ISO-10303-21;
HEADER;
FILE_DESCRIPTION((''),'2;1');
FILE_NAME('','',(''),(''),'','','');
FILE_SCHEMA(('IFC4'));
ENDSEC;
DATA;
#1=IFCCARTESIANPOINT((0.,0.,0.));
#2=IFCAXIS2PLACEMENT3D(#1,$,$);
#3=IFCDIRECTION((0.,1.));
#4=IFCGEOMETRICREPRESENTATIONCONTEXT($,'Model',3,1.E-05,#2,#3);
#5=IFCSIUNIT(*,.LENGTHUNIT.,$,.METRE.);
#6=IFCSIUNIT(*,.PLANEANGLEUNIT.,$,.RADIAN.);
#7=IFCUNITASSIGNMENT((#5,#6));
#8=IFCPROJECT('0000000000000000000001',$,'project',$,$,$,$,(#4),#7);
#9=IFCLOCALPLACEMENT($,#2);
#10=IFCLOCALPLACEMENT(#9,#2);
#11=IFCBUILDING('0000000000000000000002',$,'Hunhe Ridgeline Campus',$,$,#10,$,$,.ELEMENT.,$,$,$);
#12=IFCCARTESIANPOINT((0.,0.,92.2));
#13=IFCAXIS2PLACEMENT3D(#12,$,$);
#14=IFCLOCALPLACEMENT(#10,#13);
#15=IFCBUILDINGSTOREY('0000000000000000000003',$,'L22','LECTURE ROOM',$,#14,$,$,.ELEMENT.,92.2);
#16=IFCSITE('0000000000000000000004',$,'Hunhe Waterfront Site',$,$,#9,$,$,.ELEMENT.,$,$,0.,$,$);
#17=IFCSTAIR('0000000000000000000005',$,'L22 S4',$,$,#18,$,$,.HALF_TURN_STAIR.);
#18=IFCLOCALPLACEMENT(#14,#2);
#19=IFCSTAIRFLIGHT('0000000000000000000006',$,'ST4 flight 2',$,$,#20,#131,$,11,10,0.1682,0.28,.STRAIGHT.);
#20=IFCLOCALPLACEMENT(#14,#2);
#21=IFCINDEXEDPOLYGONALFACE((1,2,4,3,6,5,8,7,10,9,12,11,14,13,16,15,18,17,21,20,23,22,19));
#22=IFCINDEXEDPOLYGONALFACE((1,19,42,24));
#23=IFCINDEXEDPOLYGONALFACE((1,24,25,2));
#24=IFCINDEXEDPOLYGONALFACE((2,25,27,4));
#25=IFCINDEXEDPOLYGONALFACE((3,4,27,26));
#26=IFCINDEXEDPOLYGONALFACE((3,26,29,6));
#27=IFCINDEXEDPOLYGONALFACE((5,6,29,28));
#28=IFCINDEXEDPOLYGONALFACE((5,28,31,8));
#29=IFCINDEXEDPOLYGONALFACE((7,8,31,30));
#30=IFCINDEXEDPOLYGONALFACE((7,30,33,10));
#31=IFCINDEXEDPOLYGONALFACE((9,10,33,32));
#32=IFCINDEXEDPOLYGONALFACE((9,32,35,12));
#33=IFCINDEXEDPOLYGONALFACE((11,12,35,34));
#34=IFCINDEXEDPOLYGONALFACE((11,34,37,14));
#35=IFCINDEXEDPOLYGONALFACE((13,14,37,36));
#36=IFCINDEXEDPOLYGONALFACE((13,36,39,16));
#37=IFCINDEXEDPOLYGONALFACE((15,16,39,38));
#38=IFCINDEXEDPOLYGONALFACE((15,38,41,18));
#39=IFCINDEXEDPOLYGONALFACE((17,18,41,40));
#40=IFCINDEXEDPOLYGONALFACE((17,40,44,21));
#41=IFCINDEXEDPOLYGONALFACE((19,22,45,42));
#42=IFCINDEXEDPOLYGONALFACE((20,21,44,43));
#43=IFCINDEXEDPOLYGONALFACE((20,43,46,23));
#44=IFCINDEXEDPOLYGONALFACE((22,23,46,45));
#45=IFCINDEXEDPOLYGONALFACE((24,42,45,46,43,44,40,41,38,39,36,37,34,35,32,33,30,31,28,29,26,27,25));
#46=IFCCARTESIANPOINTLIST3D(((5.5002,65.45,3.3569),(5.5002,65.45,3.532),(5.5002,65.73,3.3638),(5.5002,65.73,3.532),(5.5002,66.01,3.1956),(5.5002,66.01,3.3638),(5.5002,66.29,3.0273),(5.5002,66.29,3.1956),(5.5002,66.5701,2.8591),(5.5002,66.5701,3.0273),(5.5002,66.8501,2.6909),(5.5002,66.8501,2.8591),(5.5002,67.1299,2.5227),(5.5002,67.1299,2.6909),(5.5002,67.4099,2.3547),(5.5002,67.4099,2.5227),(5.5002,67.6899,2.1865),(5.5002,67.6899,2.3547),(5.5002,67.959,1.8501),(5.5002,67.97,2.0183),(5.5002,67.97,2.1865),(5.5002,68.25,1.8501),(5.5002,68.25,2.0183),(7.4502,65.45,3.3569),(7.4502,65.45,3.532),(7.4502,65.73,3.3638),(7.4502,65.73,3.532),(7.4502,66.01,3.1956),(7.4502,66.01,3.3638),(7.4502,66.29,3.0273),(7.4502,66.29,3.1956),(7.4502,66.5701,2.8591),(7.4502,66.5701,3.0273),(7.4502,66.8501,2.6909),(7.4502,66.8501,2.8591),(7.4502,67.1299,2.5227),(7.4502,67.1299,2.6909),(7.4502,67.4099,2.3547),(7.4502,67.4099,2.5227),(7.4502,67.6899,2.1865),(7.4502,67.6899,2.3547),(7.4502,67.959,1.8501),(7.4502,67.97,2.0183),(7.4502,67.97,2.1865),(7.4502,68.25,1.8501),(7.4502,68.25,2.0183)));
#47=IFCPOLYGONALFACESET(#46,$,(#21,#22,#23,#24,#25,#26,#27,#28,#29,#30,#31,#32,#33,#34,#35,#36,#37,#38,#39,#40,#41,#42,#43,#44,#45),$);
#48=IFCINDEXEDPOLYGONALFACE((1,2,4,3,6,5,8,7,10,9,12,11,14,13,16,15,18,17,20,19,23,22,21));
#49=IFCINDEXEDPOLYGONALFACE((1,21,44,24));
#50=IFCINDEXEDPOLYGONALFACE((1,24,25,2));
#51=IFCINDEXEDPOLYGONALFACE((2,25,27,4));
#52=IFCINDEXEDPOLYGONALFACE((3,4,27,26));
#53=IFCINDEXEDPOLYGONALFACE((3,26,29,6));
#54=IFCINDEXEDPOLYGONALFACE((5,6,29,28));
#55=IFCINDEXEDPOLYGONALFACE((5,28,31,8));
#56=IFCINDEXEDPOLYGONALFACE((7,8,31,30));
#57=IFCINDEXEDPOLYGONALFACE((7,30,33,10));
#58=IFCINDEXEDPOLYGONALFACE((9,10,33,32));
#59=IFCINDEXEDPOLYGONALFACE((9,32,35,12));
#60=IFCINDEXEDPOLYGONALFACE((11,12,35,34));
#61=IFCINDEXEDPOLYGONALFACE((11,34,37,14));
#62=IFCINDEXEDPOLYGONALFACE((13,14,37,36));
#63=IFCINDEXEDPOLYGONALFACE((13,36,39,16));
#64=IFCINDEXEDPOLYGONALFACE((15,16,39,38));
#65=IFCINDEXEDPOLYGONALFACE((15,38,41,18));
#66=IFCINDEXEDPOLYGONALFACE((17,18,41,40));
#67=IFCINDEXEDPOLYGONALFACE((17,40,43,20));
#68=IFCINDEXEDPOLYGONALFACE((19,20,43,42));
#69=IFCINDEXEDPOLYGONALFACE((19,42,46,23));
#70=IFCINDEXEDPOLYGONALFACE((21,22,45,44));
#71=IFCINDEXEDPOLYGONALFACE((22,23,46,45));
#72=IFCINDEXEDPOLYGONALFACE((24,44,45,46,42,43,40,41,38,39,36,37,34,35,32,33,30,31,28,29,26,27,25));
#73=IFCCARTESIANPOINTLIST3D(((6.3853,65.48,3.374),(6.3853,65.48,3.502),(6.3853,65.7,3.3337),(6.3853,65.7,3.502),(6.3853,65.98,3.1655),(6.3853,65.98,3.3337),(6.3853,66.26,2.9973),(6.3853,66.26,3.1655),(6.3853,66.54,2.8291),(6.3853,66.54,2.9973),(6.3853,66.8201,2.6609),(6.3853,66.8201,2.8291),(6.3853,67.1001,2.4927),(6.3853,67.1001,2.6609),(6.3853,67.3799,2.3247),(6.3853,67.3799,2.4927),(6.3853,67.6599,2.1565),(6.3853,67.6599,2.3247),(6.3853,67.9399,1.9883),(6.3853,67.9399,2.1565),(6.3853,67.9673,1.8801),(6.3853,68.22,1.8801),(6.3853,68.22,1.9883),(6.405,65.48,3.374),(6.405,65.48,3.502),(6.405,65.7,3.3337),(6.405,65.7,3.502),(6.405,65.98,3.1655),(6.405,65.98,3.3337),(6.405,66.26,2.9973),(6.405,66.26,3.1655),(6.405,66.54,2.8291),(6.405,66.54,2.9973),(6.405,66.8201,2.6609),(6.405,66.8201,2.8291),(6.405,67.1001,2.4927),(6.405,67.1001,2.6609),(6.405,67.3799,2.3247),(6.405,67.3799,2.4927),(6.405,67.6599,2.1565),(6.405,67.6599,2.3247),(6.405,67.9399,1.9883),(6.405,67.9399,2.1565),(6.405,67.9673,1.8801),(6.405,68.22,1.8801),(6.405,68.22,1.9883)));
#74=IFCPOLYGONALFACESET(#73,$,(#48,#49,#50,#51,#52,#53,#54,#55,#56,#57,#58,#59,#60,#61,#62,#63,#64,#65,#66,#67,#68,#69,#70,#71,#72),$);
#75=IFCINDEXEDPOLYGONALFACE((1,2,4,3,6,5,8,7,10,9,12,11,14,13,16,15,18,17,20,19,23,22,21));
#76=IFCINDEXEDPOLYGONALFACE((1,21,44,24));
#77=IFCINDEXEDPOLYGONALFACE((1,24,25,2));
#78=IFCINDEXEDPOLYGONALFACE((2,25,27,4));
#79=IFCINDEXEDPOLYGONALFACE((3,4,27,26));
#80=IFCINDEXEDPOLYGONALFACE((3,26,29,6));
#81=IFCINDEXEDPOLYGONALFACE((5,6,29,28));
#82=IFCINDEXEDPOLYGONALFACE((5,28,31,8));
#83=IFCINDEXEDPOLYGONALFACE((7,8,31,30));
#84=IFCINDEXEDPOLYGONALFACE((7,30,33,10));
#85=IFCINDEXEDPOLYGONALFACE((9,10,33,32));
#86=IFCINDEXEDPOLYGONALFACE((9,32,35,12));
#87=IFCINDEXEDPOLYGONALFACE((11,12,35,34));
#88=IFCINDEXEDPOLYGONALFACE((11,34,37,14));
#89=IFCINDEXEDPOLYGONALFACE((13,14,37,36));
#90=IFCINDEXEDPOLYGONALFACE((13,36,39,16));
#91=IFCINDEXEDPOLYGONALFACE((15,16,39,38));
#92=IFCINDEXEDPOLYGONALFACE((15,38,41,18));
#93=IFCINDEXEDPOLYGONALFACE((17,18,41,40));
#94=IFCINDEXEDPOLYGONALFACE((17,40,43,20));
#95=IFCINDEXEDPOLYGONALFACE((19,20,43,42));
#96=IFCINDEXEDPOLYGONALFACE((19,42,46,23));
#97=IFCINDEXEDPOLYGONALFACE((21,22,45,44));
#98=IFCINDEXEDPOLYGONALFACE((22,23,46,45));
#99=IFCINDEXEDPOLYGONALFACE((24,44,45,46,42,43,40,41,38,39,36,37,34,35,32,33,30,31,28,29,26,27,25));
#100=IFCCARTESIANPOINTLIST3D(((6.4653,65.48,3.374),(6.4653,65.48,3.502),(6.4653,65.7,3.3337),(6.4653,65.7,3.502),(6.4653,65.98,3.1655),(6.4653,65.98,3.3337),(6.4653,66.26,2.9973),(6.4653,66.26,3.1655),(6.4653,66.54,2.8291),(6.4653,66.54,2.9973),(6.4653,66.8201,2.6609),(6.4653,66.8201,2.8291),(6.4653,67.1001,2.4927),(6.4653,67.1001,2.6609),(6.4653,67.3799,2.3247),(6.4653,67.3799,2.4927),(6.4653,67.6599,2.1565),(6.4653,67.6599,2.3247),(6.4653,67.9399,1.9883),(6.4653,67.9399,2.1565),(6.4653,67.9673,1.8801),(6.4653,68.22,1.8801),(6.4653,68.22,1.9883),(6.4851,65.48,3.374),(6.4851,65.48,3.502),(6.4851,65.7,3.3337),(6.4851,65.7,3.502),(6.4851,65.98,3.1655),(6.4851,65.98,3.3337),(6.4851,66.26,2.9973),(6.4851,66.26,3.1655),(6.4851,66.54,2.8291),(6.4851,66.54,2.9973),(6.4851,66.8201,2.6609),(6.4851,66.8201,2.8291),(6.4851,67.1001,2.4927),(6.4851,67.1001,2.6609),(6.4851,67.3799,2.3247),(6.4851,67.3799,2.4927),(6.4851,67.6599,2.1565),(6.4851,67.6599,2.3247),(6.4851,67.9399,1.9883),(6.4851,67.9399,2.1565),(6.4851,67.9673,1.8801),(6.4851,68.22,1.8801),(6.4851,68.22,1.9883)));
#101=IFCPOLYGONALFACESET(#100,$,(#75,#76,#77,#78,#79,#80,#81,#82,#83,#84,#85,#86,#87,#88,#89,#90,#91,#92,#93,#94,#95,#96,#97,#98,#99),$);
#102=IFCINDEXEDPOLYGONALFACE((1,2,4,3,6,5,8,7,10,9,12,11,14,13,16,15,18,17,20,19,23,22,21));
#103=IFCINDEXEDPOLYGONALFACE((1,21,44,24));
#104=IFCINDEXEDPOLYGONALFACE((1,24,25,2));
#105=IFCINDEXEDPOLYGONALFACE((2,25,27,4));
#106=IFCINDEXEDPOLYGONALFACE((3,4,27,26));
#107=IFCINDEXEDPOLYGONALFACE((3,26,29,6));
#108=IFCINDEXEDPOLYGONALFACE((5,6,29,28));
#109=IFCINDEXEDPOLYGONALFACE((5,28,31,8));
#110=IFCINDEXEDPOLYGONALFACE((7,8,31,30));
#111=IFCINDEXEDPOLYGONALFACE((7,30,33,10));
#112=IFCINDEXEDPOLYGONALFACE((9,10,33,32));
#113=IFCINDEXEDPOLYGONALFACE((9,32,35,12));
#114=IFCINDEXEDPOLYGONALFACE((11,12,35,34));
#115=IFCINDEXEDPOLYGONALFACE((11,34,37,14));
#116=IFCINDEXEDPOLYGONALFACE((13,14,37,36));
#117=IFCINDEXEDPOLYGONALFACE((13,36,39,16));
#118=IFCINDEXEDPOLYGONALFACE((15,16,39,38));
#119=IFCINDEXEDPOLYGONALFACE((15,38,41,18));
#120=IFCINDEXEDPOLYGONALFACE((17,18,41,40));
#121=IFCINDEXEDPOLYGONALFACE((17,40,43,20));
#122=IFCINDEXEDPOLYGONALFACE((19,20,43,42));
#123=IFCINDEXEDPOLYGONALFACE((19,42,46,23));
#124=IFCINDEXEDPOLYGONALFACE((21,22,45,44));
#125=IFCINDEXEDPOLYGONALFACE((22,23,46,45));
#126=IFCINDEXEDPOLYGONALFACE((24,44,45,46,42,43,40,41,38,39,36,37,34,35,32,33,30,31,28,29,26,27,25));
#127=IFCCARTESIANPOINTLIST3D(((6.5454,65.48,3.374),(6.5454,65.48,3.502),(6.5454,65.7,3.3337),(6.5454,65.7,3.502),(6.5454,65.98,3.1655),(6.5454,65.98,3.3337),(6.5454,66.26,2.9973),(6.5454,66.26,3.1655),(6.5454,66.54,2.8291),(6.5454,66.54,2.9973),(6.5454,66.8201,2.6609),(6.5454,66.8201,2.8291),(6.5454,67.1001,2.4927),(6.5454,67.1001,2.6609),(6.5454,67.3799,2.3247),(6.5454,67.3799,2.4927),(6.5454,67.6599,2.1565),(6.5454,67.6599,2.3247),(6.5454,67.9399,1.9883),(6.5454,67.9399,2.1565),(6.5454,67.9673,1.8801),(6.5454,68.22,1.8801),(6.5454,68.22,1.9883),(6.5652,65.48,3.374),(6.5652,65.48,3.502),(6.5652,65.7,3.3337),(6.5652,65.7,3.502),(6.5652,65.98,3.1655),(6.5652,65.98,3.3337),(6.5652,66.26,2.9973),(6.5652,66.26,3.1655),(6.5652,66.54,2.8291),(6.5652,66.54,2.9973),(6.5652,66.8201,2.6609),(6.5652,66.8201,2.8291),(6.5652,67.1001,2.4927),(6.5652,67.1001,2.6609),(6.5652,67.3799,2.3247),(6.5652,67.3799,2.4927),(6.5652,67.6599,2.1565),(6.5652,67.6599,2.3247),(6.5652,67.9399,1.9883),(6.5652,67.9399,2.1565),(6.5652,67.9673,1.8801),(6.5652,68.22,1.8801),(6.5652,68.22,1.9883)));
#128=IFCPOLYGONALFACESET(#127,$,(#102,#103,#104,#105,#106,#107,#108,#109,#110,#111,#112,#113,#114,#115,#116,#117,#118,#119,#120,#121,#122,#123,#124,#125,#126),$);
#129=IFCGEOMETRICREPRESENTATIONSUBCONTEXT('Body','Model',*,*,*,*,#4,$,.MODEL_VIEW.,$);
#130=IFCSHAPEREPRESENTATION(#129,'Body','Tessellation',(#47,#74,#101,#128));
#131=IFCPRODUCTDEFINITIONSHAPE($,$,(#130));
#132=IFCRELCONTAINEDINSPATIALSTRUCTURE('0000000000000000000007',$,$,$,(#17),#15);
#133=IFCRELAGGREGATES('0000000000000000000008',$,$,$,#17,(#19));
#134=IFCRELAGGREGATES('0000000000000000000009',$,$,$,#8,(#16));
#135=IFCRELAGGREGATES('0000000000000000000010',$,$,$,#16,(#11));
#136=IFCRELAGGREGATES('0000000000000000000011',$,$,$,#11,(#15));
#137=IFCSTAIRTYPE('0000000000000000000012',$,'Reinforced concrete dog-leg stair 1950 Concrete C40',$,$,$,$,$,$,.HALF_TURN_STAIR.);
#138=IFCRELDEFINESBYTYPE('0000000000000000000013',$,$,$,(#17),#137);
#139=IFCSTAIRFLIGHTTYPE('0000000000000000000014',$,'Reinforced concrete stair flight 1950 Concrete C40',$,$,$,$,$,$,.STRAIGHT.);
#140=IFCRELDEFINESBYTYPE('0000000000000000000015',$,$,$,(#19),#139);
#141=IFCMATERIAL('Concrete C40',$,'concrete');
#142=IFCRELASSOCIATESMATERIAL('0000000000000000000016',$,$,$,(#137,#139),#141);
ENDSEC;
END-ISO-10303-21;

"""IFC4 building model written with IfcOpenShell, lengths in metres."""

from ifc_helpers import new_model, si_unit, direction, frame, origin, place, context, subcontext, project, spatial, polyline, outline, extrude, material, type_object, element, aggregate, save


model = new_model("IFC4")

# Units and contexts
model_context = context("Model", 3, precision=1e-05, world=origin(), true_north=direction((0.0, 1.0)))
body_context = subcontext(model_context, "Body", "Model", "MODEL_VIEW")
ifc_project = project(units=[si_unit("LENGTHUNIT", "METRE"), si_unit("PLANEANGLEUNIT", "RADIAN")], contexts=[model_context])

# Site, building, storey
site_placement = place(None, origin())
site = spatial("IfcSite", under=ifc_project, at=site_placement, Name="Hunhe Waterfront Site", CompositionType="ELEMENT", RefElevation=0.0)
building_placement = place(site_placement, origin())
building = spatial("IfcBuilding", under=site, at=building_placement, Name="Hunhe Ridgeline Campus", CompositionType="ELEMENT")
storey_placement = place(building_placement, frame((0.0, 0.0, 92.2)))
storey = spatial("IfcBuildingStorey", under=building, at=storey_placement, Name="L22", Description="LECTURE ROOM", CompositionType="ELEMENT", Elevation=92.2)

# Shared definitions
ifc_material_1 = material(Name="Concrete C40", Category="concrete")
stair_type = type_object("IfcStairType", Name="Reinforced concrete dog-leg stair 1950 Concrete C40", PredefinedType="HALF_TURN_STAIR", material=ifc_material_1)
stair_flight_type = type_object("IfcStairFlightType", Name="Reinforced concrete stair flight 1950 Concrete C40", PredefinedType="STRAIGHT", material=ifc_material_1)

# Stair, stair flight
stair_1_placement = place(storey_placement, origin())
stair_1 = element("IfcStair", 1, at=stair_1_placement, inside=storey, type_object=stair_type, Name="L22 S4", PredefinedType="HALF_TURN_STAIR")
stair_flight_1_placement = place(storey_placement, frame((6.4751, 68.25, 1.8501), z_axis=(0.0, 0.0, 1.0), x_axis=(0.0, -1.0, 0.0)))
stair_flight_1 = element("IfcStairFlight", 2, at=stair_flight_1_placement, type_object=stair_flight_type, Name="ST4 flight 2", NumberOfRisers=11, NumberOfTreads=10, PredefinedType="STRAIGHT", RiserHeight=0.1682, TreadLength=0.28, context=body_context, shape_type="SweptSolid", body=[
    extrude(outline(polyline([(0.0, 0.0), (0.0, 0.1682), (0.28, 0.1682), (0.28, 0.3364), (0.5601, 0.3364), (0.5601, 0.5046), (0.8401, 0.5046), (0.8401, 0.6726), (1.1201, 0.6726), (1.1201, 0.8408), (1.3999, 0.8408), (1.3999, 1.009), (1.6799, 1.009), (1.6799, 1.1772), (1.96, 1.1772), (1.96, 1.3455), (2.24, 1.3455), (2.24, 1.5137), (2.52, 1.5137), (2.52, 1.6819), (2.8, 1.6819), (2.8, 1.8501), (2.8, 1.5068), (0.291, 0.0), (0.0, 0.0)])), frame((0.0, 0.9751, 0.0), z_axis=(0.0, -1.0, 0.0), x_axis=(1.0, 0.0, 0.0)), (0.0, 0.0, 1.0), 1.95),
    extrude(outline(polyline([(0.03, 0.03), (0.03, 0.1382), (0.3101, 0.1382), (0.3101, 0.3064), (0.5901, 0.3064), (0.5901, 0.4746), (0.8701, 0.4746), (0.8701, 0.6426), (1.1499, 0.6426), (1.1499, 0.8108), (1.4299, 0.8108), (1.4299, 0.979), (1.71, 0.979), (1.71, 1.1472), (1.99, 1.1472), (1.99, 1.3154), (2.27, 1.3154), (2.27, 1.4836), (2.55, 1.4836), (2.55, 1.6519), (2.77, 1.6519), (2.77, 1.5239), (0.2827, 0.03), (0.03, 0.03)])), frame((0.0, -0.0701, 0.0), z_axis=(0.0, -1.0, 0.0), x_axis=(1.0, 0.0, 0.0)), (0.0, 0.0, 1.0), 0.0198),
    extrude(outline(polyline([(0.03, 0.03), (0.03, 0.1382), (0.3101, 0.1382), (0.3101, 0.3064), (0.5901, 0.3064), (0.5901, 0.4746), (0.8701, 0.4746), (0.8701, 0.6426), (1.1499, 0.6426), (1.1499, 0.8108), (1.4299, 0.8108), (1.4299, 0.979), (1.71, 0.979), (1.71, 1.1472), (1.99, 1.1472), (1.99, 1.3154), (2.27, 1.3154), (2.27, 1.4836), (2.55, 1.4836), (2.55, 1.6519), (2.77, 1.6519), (2.77, 1.5239), (0.2827, 0.03), (0.03, 0.03)])), frame((0.0, 0.01, 0.0), z_axis=(0.0, -1.0, 0.0), x_axis=(1.0, 0.0, 0.0)), (0.0, 0.0, 1.0), 0.0198),
    extrude(outline(polyline([(0.03, 0.03), (0.03, 0.1382), (0.3101, 0.1382), (0.3101, 0.3064), (0.5901, 0.3064), (0.5901, 0.4746), (0.8701, 0.4746), (0.8701, 0.6426), (1.1499, 0.6426), (1.1499, 0.8108), (1.4299, 0.8108), (1.4299, 0.979), (1.71, 0.979), (1.71, 1.1472), (1.99, 1.1472), (1.99, 1.3154), (2.27, 1.3154), (2.27, 1.4836), (2.55, 1.4836), (2.55, 1.6519), (2.77, 1.6519), (2.77, 1.5239), (0.2827, 0.03), (0.03, 0.03)])), frame((0.0, 0.0901, 0.0), z_axis=(0.0, -1.0, 0.0), x_axis=(1.0, 0.0, 0.0)), (0.0, 0.0, 1.0), 0.0198),
])
aggregate(stair_1, [stair_flight_1])

save(model, "model.ifc")
